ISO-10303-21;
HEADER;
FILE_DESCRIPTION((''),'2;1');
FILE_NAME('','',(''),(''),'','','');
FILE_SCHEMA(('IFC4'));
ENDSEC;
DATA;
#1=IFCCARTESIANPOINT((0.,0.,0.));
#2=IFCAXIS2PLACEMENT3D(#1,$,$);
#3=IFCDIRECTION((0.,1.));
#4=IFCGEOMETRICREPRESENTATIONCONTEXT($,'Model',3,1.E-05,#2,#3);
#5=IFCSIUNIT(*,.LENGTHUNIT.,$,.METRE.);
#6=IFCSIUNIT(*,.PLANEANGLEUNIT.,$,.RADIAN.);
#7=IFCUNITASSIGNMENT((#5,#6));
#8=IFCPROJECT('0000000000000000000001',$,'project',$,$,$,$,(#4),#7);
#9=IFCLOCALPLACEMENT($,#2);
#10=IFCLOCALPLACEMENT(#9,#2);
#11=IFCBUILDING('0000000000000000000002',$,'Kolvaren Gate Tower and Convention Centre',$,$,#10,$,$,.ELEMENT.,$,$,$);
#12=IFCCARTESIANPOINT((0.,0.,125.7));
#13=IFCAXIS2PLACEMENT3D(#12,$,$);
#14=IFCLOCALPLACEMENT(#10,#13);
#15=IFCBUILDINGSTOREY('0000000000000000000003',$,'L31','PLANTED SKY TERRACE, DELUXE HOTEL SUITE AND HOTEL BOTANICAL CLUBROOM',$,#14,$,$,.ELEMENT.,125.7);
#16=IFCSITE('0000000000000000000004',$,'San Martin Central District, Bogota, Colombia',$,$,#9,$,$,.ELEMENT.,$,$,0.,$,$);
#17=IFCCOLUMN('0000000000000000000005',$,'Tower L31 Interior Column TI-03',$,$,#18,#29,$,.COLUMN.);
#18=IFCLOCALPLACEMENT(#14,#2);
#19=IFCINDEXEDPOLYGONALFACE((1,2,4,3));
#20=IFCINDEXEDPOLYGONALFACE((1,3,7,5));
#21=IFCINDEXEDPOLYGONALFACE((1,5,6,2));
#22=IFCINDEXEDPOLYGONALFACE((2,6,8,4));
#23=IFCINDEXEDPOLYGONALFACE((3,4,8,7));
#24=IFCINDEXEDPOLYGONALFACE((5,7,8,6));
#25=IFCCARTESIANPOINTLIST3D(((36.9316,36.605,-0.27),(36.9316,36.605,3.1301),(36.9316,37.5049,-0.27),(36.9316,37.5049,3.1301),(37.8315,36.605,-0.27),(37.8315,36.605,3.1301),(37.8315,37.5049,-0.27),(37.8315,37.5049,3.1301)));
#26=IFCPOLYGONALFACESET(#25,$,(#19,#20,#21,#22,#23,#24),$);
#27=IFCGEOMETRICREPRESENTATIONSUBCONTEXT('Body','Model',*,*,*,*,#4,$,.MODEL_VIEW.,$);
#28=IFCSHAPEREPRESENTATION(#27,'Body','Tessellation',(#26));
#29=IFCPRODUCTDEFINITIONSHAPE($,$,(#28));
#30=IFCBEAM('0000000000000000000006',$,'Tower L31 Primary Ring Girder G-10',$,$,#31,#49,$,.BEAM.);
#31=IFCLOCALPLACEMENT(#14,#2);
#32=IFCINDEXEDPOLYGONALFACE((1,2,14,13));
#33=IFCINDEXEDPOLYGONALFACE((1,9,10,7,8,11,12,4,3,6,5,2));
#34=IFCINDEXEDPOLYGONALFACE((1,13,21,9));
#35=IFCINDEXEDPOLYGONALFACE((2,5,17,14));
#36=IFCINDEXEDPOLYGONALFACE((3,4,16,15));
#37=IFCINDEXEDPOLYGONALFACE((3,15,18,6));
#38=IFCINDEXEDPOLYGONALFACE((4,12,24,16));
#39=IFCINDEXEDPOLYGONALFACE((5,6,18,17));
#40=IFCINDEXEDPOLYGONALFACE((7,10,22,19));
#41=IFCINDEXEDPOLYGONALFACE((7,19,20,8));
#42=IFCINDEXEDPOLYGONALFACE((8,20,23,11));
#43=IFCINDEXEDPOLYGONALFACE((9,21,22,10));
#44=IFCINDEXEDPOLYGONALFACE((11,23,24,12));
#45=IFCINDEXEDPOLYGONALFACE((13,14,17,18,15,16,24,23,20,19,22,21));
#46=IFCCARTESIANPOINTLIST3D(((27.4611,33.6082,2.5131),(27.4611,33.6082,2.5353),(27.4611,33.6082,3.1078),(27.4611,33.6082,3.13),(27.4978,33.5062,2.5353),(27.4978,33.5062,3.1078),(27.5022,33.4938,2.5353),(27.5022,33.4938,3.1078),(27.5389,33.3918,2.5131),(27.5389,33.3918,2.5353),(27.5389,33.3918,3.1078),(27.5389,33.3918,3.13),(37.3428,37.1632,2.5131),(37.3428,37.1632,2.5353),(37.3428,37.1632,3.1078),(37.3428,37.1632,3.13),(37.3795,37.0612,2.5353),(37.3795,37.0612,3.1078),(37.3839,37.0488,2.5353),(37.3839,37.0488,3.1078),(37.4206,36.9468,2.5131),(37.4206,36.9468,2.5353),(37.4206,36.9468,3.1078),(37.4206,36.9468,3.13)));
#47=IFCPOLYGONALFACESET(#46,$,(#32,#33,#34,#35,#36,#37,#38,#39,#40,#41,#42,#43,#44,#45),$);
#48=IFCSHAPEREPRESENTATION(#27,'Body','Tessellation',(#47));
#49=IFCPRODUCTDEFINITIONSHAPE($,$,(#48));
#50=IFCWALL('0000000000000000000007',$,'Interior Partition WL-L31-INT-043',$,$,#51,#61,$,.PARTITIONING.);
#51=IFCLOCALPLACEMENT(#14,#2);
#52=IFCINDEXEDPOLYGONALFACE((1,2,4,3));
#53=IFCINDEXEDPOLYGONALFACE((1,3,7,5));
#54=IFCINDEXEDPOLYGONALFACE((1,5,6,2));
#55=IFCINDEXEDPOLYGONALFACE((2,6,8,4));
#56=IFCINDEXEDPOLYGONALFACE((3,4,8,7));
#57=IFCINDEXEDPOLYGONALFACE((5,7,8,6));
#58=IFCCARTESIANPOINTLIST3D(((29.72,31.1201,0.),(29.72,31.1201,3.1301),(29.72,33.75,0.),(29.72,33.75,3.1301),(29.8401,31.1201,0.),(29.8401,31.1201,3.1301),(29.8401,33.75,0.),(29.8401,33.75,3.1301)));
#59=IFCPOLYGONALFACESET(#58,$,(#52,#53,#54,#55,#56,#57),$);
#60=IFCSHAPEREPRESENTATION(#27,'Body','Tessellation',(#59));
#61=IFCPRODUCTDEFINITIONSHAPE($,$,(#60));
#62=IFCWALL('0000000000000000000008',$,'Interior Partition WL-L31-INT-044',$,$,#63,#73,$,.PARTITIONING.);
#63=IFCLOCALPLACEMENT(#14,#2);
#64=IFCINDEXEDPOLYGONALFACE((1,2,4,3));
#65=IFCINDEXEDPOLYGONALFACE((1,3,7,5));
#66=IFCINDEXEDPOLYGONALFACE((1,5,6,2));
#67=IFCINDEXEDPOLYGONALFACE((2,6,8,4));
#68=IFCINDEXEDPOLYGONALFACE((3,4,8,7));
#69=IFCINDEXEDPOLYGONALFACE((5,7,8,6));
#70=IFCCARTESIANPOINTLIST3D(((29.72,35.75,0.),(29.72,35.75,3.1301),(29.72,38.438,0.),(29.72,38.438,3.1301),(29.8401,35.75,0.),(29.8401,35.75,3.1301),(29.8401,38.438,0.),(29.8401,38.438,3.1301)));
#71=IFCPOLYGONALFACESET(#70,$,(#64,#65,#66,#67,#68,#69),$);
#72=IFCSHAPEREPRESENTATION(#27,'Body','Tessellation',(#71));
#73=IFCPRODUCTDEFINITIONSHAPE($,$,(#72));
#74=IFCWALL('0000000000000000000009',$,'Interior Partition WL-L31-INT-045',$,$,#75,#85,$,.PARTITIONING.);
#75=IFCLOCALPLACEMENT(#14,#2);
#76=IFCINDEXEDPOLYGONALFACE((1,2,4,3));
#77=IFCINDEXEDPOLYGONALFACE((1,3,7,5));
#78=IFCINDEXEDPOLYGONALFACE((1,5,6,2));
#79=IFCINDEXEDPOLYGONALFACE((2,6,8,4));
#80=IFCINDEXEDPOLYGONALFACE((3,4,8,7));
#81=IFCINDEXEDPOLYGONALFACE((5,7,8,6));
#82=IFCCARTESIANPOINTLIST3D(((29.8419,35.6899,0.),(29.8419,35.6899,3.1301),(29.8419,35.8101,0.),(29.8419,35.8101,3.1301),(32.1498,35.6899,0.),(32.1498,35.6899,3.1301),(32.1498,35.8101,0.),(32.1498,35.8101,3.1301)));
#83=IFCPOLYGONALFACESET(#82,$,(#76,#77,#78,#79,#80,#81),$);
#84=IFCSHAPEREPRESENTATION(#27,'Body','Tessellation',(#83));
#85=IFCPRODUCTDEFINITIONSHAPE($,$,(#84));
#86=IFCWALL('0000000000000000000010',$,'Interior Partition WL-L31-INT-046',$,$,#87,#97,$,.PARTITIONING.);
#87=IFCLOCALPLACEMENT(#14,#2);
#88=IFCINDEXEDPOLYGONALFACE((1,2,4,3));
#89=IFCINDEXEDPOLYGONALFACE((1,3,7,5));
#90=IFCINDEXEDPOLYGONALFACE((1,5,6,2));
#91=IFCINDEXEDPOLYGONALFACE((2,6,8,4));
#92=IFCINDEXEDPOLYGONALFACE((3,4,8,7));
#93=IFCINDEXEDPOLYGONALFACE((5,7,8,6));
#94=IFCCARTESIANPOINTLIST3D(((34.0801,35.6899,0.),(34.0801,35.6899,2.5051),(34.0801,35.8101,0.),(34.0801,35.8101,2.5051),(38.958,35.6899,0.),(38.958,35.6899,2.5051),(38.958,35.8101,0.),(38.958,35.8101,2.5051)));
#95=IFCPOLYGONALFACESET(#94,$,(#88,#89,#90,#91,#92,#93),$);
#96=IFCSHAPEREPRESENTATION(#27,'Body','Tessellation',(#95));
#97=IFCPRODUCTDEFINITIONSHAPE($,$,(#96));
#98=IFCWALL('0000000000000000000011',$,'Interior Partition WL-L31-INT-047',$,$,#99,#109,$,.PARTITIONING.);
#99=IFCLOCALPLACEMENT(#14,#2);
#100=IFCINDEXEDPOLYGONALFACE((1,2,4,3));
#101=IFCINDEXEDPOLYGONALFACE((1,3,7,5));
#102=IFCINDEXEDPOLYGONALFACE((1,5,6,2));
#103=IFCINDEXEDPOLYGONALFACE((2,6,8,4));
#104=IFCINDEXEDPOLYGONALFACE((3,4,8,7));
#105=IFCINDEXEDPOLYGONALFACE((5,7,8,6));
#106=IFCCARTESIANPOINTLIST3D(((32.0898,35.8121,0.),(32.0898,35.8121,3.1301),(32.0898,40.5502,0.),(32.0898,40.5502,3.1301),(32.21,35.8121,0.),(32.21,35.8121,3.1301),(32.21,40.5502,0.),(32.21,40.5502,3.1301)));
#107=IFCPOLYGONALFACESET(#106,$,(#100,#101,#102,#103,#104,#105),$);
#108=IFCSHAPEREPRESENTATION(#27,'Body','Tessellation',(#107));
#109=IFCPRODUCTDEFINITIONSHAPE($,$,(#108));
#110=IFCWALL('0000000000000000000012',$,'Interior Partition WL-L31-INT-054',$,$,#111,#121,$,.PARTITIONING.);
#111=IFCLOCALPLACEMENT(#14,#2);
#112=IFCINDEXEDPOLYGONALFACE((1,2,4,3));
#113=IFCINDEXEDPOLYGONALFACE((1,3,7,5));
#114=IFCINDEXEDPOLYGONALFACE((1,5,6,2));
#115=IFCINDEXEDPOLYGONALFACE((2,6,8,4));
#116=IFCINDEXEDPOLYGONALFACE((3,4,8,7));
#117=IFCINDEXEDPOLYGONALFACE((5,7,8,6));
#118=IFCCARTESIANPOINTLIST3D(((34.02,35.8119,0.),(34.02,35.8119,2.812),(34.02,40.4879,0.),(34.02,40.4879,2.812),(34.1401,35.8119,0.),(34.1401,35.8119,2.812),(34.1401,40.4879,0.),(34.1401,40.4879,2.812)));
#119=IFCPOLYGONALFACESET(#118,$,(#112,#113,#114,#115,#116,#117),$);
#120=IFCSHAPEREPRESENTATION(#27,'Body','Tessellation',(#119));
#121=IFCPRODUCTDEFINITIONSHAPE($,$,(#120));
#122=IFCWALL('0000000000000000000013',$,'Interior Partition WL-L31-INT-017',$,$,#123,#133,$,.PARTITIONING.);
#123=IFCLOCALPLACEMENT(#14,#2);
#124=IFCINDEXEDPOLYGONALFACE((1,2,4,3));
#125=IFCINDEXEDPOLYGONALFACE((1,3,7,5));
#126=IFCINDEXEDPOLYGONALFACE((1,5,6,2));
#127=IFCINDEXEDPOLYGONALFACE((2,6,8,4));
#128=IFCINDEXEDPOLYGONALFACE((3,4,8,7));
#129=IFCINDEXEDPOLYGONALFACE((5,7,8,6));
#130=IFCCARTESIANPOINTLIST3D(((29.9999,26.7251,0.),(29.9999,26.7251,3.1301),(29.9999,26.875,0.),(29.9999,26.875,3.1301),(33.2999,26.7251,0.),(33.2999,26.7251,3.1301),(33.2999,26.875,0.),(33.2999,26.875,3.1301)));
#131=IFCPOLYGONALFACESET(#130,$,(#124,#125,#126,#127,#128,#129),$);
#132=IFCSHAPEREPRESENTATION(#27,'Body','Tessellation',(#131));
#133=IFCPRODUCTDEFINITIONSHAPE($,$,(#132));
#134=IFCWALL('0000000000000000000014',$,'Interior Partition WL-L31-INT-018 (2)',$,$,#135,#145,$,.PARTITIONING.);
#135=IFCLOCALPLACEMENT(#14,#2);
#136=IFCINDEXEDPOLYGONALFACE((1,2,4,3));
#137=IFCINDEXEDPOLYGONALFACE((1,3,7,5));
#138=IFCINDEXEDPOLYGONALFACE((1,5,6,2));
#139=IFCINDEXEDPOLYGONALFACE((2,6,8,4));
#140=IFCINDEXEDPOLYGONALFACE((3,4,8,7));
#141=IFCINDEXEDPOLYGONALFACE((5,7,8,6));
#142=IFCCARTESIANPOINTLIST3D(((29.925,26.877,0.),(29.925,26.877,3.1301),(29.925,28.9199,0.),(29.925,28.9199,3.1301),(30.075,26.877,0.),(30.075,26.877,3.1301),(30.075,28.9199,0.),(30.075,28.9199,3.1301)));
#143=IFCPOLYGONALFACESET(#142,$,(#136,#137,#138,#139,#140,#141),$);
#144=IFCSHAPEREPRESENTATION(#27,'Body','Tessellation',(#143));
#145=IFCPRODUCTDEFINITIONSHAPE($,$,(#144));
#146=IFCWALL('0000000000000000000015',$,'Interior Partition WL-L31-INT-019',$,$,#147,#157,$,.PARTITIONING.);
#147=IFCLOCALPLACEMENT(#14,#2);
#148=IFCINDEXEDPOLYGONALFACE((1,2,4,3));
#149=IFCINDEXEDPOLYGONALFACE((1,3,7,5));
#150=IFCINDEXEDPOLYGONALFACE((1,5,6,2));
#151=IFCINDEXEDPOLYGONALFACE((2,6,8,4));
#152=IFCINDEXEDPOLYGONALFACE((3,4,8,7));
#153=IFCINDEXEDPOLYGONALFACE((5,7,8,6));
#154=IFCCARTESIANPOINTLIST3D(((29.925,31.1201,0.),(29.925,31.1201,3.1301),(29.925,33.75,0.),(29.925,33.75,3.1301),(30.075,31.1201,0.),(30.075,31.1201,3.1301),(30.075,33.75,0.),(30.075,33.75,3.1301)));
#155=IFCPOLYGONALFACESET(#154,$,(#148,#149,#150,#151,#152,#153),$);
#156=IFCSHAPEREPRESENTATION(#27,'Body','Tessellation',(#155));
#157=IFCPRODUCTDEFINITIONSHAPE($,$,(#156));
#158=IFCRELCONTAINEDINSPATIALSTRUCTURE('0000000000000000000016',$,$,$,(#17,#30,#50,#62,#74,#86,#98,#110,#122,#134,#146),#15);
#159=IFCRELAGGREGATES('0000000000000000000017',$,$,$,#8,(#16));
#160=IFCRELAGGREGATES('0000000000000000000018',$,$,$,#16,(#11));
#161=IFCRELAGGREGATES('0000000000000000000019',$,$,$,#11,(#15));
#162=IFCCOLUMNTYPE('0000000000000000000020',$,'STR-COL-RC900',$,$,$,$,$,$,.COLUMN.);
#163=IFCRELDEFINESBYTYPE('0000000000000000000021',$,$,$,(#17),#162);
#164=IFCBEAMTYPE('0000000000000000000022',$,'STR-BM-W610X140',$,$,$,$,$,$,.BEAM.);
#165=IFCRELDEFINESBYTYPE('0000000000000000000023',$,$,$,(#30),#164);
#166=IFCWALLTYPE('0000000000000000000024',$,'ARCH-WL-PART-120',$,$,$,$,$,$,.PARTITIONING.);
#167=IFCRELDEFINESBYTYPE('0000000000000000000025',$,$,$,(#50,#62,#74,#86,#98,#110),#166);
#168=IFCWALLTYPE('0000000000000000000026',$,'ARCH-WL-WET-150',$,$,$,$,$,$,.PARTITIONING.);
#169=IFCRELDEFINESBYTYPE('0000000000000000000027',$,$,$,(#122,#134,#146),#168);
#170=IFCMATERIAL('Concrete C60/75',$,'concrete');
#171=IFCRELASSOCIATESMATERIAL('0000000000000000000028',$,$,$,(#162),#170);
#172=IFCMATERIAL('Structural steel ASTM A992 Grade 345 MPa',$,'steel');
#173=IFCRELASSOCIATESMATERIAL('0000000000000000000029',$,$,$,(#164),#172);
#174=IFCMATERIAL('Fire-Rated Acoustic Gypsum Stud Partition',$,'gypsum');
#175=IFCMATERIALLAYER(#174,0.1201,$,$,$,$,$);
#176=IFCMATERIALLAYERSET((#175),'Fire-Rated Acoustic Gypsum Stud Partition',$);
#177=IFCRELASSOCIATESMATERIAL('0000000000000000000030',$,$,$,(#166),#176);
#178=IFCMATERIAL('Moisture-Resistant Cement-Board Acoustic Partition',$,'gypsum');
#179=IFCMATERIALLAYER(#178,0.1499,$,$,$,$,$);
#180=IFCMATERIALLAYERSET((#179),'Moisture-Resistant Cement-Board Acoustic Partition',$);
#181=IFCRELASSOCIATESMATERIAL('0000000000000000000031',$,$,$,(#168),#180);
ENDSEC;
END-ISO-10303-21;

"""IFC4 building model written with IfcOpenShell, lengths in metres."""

from ifc_helpers import new_model, si_unit, direction, frame, frame_2d, origin, origin_2d, place, context, subcontext, project, spatial, rectangle, i_section, extrude, material, layer, layer_set, material_profile, profile_set, type_object, element, save


model = new_model("IFC4")

# Units and contexts
model_context = context("Model", 3, precision=1e-05, world=origin(), true_north=direction((0.0, 1.0)))
body_context = subcontext(model_context, "Body", "Model", "MODEL_VIEW")
ifc_project = project(units=[si_unit("LENGTHUNIT", "METRE"), si_unit("PLANEANGLEUNIT", "RADIAN")], contexts=[model_context])

# Site, building, storey
site_placement = place(None, origin())
site = spatial("IfcSite", under=ifc_project, at=site_placement, Name="San Martin Central District, Bogota, Colombia", CompositionType="ELEMENT", RefElevation=0.0)
building_placement = place(site_placement, origin())
building = spatial("IfcBuilding", under=site, at=building_placement, Name="Kolvaren Gate Tower and Convention Centre", CompositionType="ELEMENT")
storey_placement = place(building_placement, frame((0.0, 0.0, 125.7)))
storey = spatial("IfcBuildingStorey", under=building, at=storey_placement, Name="L31", Description="PLANTED SKY TERRACE, DELUXE HOTEL SUITE AND HOTEL BOTANICAL CLUBROOM", CompositionType="ELEMENT", Elevation=125.7)

# Column
ifc_material_1 = material(Name="Concrete C60/75", Category="concrete")
ifc_material_profile_1 = material_profile(ifc_material_1, rectangle(XDim=0.8999, YDim=0.8999, at=origin_2d()), Name="RC-COL-900X900")
ifc_profile_set_1 = profile_set([ifc_material_profile_1], Name="Concrete C60/75")
column_type = type_object("IfcColumnType", Name="STR-COL-RC900", PredefinedType="COLUMN", material=ifc_profile_set_1)
column_placement = place(storey_placement, frame((37.3816, 37.0549, -0.27), z_axis=(0.0, 0.0, 1.0), x_axis=(1.0, 0.0, 0.0)))
element("IfcColumn", 1, at=column_placement, inside=storey, type_object=column_type, Name="Tower L31 Interior Column TI-03", PredefinedType="COLUMN", context=body_context, shape_type="SweptSolid", body=[
    extrude(rectangle(XDim=0.8999, YDim=0.8999, at=origin_2d()), origin(), (0.0, 0.0, 1.0), 3.4001),
])

# Beam
ifc_material_2 = material(Name="Structural steel ASTM A992 Grade 345 MPa", Category="steel")
ifc_material_profile_2 = material_profile(ifc_material_2, i_section(OverallWidth=0.23, OverallDepth=0.6169, WebThickness=0.0132, FlangeThickness=0.0222, at=origin_2d()), Name="W610X140")
ifc_profile_set_2 = profile_set([ifc_material_profile_2], Name="Structural steel ASTM A992 Grade 345 MPa")
beam_type = type_object("IfcBeamType", Name="STR-BM-W610X140", PredefinedType="BEAM", material=ifc_profile_set_2)
beam_placement = place(storey_placement, frame((27.5, 33.5, 2.8215), z_axis=(0.940961, 0.338514, 0.0), x_axis=(-0.338514, 0.940961, 0.0)))
element("IfcBeam", 2, at=beam_placement, inside=storey, type_object=beam_type, Name="Tower L31 Primary Ring Girder G-10", PredefinedType="BEAM", context=body_context, shape_type="SweptSolid", body=[
    extrude(i_section(OverallWidth=0.23, OverallDepth=0.6169, WebThickness=0.0132, FlangeThickness=0.0222, at=origin_2d()), origin(), (0.0, 0.0, 1.0), 10.5017),
])

# Walls
ifc_material_3 = material(Name="Fire-Rated Acoustic Gypsum Stud Partition", Category="gypsum")
ifc_layer_1 = layer(ifc_material_3, 0.1201)
ifc_layer_set_1 = layer_set([ifc_layer_1], Name="Fire-Rated Acoustic Gypsum Stud Partition")
wall_type_1 = type_object("IfcWallType", Name="ARCH-WL-PART-120", PredefinedType="PARTITIONING", material=ifc_layer_set_1)
wall_1_placement = place(storey_placement, frame((29.78, 31.1201, 0.0), z_axis=(0.0, 0.0, 1.0), x_axis=(0.0, 1.0, 0.0)))
element("IfcWall", 3, at=wall_1_placement, inside=storey, type_object=wall_type_1, Name="Interior Partition WL-L31-INT-043", PredefinedType="PARTITIONING", context=body_context, shape_type="SweptSolid", body=[
    extrude(rectangle(XDim=2.6299, YDim=0.1201, at=frame_2d((1.3149, 0.0))), origin(), (0.0, 0.0, 1.0), 3.1301),
])
wall_2_placement = place(storey_placement, frame((29.78, 35.75, 0.0), z_axis=(0.0, 0.0, 1.0), x_axis=(0.0, 1.0, 0.0)))
element("IfcWall", 4, at=wall_2_placement, inside=storey, type_object=wall_type_1, Name="Interior Partition WL-L31-INT-044", PredefinedType="PARTITIONING", context=body_context, shape_type="SweptSolid", body=[
    extrude(rectangle(XDim=2.688, YDim=0.1201, at=frame_2d((1.344, 0.0))), origin(), (0.0, 0.0, 1.0), 3.1301),
])
wall_3_placement = place(storey_placement, frame((29.842, 35.75, 0.0), z_axis=(0.0, 0.0, 1.0), x_axis=(1.0, 0.0, 0.0)))
element("IfcWall", 5, at=wall_3_placement, inside=storey, type_object=wall_type_1, Name="Interior Partition WL-L31-INT-045", PredefinedType="PARTITIONING", context=body_context, shape_type="SweptSolid", body=[
    extrude(rectangle(XDim=2.3079, YDim=0.1201, at=frame_2d((1.1538, 0.0))), origin(), (0.0, 0.0, 1.0), 3.1301),
])
wall_4_placement = place(storey_placement, frame((34.0801, 35.75, 0.0), z_axis=(0.0, 0.0, 1.0), x_axis=(1.0, 0.0, 0.0)))
element("IfcWall", 6, at=wall_4_placement, inside=storey, type_object=wall_type_1, Name="Interior Partition WL-L31-INT-046", PredefinedType="PARTITIONING", context=body_context, shape_type="SweptSolid", body=[
    extrude(rectangle(XDim=4.8779, YDim=0.1201, at=frame_2d((2.439, 0.0))), origin(), (0.0, 0.0, 1.0), 2.5051),
])
wall_5_placement = place(storey_placement, frame((32.1499, 35.812, 0.0), z_axis=(0.0, 0.0, 1.0), x_axis=(0.0, 1.0, 0.0)))
element("IfcWall", 7, at=wall_5_placement, inside=storey, type_object=wall_type_1, Name="Interior Partition WL-L31-INT-047", PredefinedType="PARTITIONING", context=body_context, shape_type="SweptSolid", body=[
    extrude(rectangle(XDim=4.738, YDim=0.1201, at=frame_2d((2.3691, 0.0))), origin(), (0.0, 0.0, 1.0), 3.1301),
])
wall_6_placement = place(storey_placement, frame((34.0801, 35.812, 0.0), z_axis=(0.0, 0.0, 1.0), x_axis=(0.0, 1.0, 0.0)))
element("IfcWall", 8, at=wall_6_placement, inside=storey, type_object=wall_type_1, Name="Interior Partition WL-L31-INT-054", PredefinedType="PARTITIONING", context=body_context, shape_type="SweptSolid", body=[
    extrude(rectangle(XDim=4.676, YDim=0.1201, at=frame_2d((2.3379, 0.0))), origin(), (0.0, 0.0, 1.0), 2.812),
])
ifc_material_4 = material(Name="Moisture-Resistant Cement-Board Acoustic Partition", Category="gypsum")
ifc_layer_2 = layer(ifc_material_4, 0.1499)
ifc_layer_set_2 = layer_set([ifc_layer_2], Name="Moisture-Resistant Cement-Board Acoustic Partition")
wall_type_2 = type_object("IfcWallType", Name="ARCH-WL-WET-150", PredefinedType="PARTITIONING", material=ifc_layer_set_2)
wall_7_placement = place(storey_placement, frame((30.0, 26.8, 0.0), z_axis=(0.0, 0.0, 1.0), x_axis=(1.0, 0.0, 0.0)))
element("IfcWall", 9, at=wall_7_placement, inside=storey, type_object=wall_type_2, Name="Interior Partition WL-L31-INT-017", PredefinedType="PARTITIONING", context=body_context, shape_type="SweptSolid", body=[
    extrude(rectangle(XDim=3.3, YDim=0.1499, at=frame_2d((1.6499, 0.0))), origin(), (0.0, 0.0, 1.0), 3.1301),
])
wall_8_placement = place(storey_placement, frame((30.0, 26.877, 0.0), z_axis=(0.0, 0.0, 1.0), x_axis=(0.0, 1.0, 0.0)))
element("IfcWall", 10, at=wall_8_placement, inside=storey, type_object=wall_type_2, Name="Interior Partition WL-L31-INT-018 (2)", PredefinedType="PARTITIONING", context=body_context, shape_type="SweptSolid", body=[
    extrude(rectangle(XDim=2.043, YDim=0.1499, at=frame_2d((1.0215, 0.0))), origin(), (0.0, 0.0, 1.0), 3.1301),
])
wall_9_placement = place(storey_placement, frame((30.0, 31.1201, 0.0), z_axis=(0.0, 0.0, 1.0), x_axis=(0.0, 1.0, 0.0)))
element("IfcWall", 11, at=wall_9_placement, inside=storey, type_object=wall_type_2, Name="Interior Partition WL-L31-INT-019", PredefinedType="PARTITIONING", context=body_context, shape_type="SweptSolid", body=[
    extrude(rectangle(XDim=2.6299, YDim=0.1499, at=frame_2d((1.3149, 0.0))), origin(), (0.0, 0.0, 1.0), 3.1301),
])

save(model, "model.ifc")
